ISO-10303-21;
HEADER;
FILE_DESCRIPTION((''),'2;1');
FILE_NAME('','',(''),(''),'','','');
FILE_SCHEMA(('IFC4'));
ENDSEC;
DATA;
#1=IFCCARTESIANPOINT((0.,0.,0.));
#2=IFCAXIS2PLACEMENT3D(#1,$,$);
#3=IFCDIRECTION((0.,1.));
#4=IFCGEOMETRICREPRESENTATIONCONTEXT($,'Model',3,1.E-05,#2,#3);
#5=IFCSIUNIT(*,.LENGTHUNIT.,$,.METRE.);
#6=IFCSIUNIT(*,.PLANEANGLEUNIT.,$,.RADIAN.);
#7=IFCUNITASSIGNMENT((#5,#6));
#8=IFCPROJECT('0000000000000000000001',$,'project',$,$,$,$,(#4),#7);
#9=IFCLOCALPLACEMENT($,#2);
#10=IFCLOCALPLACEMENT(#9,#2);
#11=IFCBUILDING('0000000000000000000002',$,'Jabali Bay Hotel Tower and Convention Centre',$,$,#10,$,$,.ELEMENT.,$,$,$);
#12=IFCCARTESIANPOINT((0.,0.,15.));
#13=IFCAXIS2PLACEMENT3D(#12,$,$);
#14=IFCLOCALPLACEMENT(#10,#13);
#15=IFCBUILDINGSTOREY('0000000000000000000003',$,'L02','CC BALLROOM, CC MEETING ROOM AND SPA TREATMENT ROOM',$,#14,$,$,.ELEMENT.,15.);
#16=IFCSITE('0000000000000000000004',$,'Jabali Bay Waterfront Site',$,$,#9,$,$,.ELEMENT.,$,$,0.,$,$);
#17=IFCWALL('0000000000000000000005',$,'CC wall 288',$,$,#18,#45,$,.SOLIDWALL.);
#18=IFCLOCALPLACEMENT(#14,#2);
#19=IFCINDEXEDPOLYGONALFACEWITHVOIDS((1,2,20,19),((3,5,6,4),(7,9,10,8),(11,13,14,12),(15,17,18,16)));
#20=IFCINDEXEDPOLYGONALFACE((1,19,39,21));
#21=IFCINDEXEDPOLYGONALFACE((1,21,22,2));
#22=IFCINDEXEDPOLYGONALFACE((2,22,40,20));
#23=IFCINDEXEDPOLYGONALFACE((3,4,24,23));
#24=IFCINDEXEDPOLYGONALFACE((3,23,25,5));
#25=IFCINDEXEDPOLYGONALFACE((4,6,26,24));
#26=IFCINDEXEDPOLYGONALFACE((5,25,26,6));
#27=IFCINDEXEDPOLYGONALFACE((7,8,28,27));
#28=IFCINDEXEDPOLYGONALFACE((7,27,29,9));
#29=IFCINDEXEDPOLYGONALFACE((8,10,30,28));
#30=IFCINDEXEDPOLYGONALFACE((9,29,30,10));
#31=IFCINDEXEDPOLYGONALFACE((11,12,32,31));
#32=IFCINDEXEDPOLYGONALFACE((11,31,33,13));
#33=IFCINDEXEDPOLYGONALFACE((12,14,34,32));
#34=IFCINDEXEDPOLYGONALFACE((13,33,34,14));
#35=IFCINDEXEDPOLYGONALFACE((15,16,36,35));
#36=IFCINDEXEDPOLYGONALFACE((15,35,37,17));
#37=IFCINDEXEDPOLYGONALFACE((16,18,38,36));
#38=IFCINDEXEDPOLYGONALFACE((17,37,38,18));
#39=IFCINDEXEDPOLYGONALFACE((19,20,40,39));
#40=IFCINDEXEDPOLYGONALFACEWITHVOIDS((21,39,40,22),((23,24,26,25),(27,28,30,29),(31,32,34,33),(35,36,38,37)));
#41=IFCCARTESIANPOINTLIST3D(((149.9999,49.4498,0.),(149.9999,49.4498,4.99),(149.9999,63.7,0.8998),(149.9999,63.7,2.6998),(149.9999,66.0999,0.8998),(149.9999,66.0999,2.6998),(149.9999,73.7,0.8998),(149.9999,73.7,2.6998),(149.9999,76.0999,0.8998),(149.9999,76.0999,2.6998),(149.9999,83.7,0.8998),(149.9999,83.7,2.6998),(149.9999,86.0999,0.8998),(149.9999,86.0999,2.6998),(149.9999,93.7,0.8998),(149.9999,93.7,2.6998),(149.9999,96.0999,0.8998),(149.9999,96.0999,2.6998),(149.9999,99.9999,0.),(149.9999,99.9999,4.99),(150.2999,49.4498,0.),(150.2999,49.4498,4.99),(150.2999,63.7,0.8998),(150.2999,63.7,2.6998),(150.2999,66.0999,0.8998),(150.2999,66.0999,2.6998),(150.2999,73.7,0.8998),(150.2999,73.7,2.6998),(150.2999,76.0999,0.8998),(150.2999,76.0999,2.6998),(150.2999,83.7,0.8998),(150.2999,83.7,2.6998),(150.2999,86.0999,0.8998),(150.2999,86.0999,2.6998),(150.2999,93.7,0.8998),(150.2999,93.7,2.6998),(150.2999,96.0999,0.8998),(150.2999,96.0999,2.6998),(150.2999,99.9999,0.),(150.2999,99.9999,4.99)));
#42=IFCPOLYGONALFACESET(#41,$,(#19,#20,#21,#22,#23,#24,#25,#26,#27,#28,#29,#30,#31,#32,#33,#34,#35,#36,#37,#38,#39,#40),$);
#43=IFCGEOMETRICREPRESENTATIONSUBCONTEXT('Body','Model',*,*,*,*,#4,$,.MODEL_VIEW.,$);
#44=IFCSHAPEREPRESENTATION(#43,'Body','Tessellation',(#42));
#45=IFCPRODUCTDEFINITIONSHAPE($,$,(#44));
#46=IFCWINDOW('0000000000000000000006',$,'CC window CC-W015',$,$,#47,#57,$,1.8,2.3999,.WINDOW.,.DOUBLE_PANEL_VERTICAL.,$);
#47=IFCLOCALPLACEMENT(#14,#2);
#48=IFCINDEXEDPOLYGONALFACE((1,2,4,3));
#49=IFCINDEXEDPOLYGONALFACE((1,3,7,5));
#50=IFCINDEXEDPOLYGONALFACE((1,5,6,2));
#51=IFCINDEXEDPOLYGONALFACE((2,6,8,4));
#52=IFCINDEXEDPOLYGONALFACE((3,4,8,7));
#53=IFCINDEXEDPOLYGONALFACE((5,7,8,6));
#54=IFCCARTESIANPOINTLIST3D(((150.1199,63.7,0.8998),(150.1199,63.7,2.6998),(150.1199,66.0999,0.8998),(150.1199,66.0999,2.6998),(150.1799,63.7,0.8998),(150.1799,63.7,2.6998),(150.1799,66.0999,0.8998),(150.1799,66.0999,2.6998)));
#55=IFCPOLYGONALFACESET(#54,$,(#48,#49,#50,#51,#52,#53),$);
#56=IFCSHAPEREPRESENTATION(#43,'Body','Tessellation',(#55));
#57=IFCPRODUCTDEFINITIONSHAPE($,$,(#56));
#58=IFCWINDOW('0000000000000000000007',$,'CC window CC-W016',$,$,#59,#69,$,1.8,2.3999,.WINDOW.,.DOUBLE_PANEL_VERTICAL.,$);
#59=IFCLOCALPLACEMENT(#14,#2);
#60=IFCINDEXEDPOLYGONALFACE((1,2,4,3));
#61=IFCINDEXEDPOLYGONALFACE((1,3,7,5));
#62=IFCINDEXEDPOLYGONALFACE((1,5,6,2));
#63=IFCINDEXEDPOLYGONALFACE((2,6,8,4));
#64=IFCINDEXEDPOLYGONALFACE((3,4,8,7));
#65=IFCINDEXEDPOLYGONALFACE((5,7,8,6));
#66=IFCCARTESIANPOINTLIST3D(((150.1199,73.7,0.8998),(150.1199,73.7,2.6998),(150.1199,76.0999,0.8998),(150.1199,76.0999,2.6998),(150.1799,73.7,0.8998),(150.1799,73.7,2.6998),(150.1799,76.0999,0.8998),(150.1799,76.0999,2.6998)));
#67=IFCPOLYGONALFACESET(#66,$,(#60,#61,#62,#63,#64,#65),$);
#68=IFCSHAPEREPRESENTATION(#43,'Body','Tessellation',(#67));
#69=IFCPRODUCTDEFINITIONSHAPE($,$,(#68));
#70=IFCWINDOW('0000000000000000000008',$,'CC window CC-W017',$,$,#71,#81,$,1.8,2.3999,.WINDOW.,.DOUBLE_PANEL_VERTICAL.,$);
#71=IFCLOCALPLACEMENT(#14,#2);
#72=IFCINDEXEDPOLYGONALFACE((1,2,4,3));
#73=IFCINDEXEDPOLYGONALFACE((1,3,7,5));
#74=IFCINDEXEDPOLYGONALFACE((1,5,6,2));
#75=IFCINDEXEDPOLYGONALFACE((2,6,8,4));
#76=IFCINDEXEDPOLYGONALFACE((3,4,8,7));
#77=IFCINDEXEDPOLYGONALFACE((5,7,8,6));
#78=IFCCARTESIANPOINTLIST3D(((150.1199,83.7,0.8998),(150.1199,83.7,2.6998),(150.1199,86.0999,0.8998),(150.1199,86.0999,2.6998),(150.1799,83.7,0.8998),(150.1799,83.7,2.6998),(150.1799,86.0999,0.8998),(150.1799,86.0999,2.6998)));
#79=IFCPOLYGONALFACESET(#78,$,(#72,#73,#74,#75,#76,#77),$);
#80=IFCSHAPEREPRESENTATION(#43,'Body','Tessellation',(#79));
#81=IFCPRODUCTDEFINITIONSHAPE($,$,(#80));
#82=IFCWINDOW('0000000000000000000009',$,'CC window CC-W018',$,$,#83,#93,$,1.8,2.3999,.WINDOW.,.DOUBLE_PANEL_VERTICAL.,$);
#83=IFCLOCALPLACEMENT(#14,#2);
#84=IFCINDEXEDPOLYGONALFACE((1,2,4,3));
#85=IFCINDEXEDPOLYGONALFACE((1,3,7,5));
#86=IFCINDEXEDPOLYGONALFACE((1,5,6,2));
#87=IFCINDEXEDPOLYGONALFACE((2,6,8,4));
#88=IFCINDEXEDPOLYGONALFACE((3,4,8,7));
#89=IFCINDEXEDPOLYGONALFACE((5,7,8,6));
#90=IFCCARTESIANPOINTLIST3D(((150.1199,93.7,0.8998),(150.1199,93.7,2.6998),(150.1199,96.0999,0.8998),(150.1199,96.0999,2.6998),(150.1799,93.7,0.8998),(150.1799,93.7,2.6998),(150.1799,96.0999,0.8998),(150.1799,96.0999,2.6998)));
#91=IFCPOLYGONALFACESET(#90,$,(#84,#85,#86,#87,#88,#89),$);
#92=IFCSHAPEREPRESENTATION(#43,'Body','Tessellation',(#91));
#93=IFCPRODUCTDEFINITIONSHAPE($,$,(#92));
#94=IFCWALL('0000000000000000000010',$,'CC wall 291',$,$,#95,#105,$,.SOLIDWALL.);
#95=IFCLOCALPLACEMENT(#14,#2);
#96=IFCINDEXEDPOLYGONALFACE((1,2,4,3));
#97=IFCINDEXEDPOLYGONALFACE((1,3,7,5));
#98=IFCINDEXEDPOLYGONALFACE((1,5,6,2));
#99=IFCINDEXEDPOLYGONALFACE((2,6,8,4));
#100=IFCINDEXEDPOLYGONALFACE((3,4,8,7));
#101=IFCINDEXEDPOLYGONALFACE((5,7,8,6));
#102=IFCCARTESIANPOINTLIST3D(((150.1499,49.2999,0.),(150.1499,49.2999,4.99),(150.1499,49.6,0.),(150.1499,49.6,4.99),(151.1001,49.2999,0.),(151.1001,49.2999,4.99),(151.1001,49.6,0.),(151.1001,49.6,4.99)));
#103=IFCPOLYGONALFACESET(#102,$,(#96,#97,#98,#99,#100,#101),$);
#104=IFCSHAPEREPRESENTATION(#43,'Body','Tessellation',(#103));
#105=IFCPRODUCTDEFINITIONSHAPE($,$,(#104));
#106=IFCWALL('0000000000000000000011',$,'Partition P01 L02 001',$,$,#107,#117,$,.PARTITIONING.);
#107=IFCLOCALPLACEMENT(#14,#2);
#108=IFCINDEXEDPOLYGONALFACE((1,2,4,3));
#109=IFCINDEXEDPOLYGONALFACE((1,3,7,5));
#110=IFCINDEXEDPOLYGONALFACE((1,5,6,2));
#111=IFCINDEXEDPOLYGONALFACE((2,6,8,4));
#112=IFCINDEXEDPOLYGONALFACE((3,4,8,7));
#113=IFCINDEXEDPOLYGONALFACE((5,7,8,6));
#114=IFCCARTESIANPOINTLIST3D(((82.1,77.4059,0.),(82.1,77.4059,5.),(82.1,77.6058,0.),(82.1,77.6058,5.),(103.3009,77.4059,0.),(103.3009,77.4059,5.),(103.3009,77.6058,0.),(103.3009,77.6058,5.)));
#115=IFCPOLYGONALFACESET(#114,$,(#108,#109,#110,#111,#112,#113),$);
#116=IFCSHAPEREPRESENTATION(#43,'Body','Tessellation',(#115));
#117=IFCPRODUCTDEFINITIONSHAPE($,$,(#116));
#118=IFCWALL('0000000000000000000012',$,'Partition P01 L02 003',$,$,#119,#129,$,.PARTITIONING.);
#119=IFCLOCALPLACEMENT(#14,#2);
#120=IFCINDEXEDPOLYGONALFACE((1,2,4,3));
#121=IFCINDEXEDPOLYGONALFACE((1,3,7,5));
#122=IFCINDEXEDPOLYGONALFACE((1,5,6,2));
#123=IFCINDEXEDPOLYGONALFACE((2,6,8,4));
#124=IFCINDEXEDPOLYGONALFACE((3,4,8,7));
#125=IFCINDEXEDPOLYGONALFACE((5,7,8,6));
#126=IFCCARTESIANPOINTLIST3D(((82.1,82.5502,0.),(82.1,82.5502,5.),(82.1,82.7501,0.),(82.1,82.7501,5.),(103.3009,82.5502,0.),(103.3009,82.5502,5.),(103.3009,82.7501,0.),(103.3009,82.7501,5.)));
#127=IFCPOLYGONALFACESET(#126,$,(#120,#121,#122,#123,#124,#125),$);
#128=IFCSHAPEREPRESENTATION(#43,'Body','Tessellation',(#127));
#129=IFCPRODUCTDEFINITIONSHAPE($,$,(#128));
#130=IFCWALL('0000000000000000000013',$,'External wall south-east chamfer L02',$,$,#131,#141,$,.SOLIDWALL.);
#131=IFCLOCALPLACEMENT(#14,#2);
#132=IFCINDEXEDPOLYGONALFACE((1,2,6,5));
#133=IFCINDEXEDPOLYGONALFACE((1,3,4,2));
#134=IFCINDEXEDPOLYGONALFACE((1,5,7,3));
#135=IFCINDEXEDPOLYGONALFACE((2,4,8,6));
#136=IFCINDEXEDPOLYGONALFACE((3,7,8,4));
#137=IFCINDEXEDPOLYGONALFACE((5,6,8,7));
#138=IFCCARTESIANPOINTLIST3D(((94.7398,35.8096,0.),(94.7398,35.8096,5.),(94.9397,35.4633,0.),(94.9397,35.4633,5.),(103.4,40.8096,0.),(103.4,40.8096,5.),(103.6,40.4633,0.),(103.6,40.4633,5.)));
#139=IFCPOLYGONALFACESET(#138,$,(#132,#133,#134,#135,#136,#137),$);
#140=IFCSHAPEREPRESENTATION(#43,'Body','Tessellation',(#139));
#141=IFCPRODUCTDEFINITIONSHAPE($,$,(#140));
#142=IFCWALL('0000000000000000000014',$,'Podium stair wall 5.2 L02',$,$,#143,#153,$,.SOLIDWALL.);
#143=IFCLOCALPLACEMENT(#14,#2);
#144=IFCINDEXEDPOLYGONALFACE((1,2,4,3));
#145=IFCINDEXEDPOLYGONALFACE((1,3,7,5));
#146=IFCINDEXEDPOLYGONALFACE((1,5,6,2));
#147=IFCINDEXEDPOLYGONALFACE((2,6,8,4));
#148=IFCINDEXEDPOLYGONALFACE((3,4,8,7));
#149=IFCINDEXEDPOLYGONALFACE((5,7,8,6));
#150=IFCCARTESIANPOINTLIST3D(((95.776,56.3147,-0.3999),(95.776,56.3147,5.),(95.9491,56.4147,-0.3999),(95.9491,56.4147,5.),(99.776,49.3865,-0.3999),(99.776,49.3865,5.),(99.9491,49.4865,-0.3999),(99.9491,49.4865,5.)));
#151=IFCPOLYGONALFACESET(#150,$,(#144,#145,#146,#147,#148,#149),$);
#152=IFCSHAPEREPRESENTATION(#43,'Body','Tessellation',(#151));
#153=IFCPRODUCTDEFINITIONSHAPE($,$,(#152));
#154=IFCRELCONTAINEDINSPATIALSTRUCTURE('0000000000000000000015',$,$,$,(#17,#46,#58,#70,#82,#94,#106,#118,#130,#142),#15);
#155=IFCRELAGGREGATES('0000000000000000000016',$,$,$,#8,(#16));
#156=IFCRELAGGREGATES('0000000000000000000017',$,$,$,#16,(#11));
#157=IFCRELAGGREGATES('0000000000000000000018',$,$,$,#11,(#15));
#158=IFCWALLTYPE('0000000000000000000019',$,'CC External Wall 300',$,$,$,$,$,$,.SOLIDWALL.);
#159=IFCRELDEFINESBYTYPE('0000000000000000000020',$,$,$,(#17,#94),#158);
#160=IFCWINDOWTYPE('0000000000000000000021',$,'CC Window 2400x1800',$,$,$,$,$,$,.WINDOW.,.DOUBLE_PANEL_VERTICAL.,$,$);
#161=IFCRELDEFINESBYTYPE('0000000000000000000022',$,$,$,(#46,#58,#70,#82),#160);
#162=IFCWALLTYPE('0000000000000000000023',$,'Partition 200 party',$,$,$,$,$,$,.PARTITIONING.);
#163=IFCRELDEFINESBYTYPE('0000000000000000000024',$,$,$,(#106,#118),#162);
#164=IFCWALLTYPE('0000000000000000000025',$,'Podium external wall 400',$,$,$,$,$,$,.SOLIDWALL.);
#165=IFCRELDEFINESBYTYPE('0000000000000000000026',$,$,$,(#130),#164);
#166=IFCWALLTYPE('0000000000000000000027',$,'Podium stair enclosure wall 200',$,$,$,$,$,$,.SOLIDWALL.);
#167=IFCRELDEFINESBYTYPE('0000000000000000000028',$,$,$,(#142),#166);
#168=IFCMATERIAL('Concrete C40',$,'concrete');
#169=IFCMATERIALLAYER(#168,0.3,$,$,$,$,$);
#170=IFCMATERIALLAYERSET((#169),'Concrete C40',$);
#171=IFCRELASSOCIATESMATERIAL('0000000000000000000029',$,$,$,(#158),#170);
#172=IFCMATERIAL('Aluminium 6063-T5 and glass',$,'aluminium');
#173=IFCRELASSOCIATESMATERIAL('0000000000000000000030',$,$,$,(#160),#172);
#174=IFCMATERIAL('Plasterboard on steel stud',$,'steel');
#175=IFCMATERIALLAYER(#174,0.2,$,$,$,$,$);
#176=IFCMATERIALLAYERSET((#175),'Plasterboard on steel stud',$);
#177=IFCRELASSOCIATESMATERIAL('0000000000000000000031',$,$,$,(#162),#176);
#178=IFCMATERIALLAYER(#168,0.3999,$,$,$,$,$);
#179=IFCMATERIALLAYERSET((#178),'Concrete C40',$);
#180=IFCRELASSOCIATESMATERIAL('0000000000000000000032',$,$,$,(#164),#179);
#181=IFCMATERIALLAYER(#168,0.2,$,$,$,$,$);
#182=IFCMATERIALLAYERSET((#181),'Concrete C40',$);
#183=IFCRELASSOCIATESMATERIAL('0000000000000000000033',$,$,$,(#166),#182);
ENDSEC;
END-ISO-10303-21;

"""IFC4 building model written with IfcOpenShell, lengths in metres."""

from ifc_helpers import new_model, si_unit, direction, frame, frame_2d, origin, place, context, subcontext, project, spatial, rectangle, extrude, material, layer, layer_set, type_object, element, fill, save


model = new_model("IFC4")

# Units and contexts
model_context = context("Model", 3, precision=1e-05, world=origin(), true_north=direction((0.0, 1.0)))
body_context = subcontext(model_context, "Body", "Model", "MODEL_VIEW")
ifc_project = project(units=[si_unit("LENGTHUNIT", "METRE"), si_unit("PLANEANGLEUNIT", "RADIAN")], contexts=[model_context])

# Site, building, storey
site_placement = place(None, origin())
site = spatial("IfcSite", under=ifc_project, at=site_placement, Name="Jabali Bay Waterfront Site", CompositionType="ELEMENT", RefElevation=0.0)
building_placement = place(site_placement, origin())
building = spatial("IfcBuilding", under=site, at=building_placement, Name="Jabali Bay Hotel Tower and Convention Centre", CompositionType="ELEMENT")
storey_placement = place(building_placement, frame((0.0, 0.0, 15.0)))
storey = spatial("IfcBuildingStorey", under=building, at=storey_placement, Name="L02", Description="CC BALLROOM, CC MEETING ROOM AND SPA TREATMENT ROOM", CompositionType="ELEMENT", Elevation=15.0)

# Wall, openings, windows
ifc_material_1 = material(Name="Concrete C40", Category="concrete")
ifc_layer_1 = layer(ifc_material_1, 0.3)
ifc_layer_set_1 = layer_set([ifc_layer_1], Name="Concrete C40")
wall_type_1 = type_object("IfcWallType", Name="CC External Wall 300", PredefinedType="SOLIDWALL", material=ifc_layer_set_1)
wall_1_placement = place(storey_placement, frame((150.1499, 49.45, 0.0), z_axis=(0.0, 0.0, 1.0), x_axis=(0.0, 1.0, 0.0)))
wall_1 = element("IfcWall", 1, at=wall_1_placement, inside=storey, type_object=wall_type_1, Name="CC wall 288", PredefinedType="SOLIDWALL", context=body_context, shape_type="SweptSolid", body=[
    extrude(rectangle(XDim=50.55, YDim=0.3, at=frame_2d((25.2749, 0.0))), origin(), (0.0, 0.0, 1.0), 4.99),
])
opening_1_placement = place(wall_1_placement, frame((14.25, 0.0, 0.8999)))
opening_1 = element("IfcOpeningElement", 2, at=opening_1_placement, cuts=wall_1, PredefinedType="OPENING", context=body_context, shape_type="SweptSolid", body=[
    extrude(rectangle(XDim=2.3999, YDim=1.8, at=frame_2d((1.2, 0.8999))), frame((0.0, 0.1606, 0.0), z_axis=(0.0, -1.0, 0.0), x_axis=(1.0, 0.0, 0.0)), (0.0, 0.0, 1.0), 0.321),
])
opening_2_placement = place(wall_1_placement, frame((24.25, 0.0, 0.8999)))
opening_2 = element("IfcOpeningElement", 3, at=opening_2_placement, cuts=wall_1, PredefinedType="OPENING", context=body_context, shape_type="SweptSolid", body=[
    extrude(rectangle(XDim=2.3999, YDim=1.8, at=frame_2d((1.2, 0.8999))), frame((0.0, 0.1606, 0.0), z_axis=(0.0, -1.0, 0.0), x_axis=(1.0, 0.0, 0.0)), (0.0, 0.0, 1.0), 0.321),
])
opening_3_placement = place(wall_1_placement, frame((34.25, 0.0, 0.8999)))
opening_3 = element("IfcOpeningElement", 4, at=opening_3_placement, cuts=wall_1, PredefinedType="OPENING", context=body_context, shape_type="SweptSolid", body=[
    extrude(rectangle(XDim=2.3999, YDim=1.8, at=frame_2d((1.2, 0.8999))), frame((0.0, 0.1606, 0.0), z_axis=(0.0, -1.0, 0.0), x_axis=(1.0, 0.0, 0.0)), (0.0, 0.0, 1.0), 0.321),
])
opening_4_placement = place(wall_1_placement, frame((44.25, 0.0, 0.8999)))
opening_4 = element("IfcOpeningElement", 5, at=opening_4_placement, cuts=wall_1, PredefinedType="OPENING", context=body_context, shape_type="SweptSolid", body=[
    extrude(rectangle(XDim=2.3999, YDim=1.8, at=frame_2d((1.2, 0.8999))), frame((0.0, 0.1606, 0.0), z_axis=(0.0, -1.0, 0.0), x_axis=(1.0, 0.0, 0.0)), (0.0, 0.0, 1.0), 0.321),
])
ifc_material_2 = material(Name="Aluminium 6063-T5 and glass", Category="aluminium")
window_type = type_object("IfcWindowType", Name="CC Window 2400x1800", PartitioningType="DOUBLE_PANEL_VERTICAL", PredefinedType="WINDOW", material=ifc_material_2)
window_1_placement = place(opening_1_placement, origin())
window_1 = element("IfcWindow", 6, at=window_1_placement, inside=storey, type_object=window_type, Name="CC window CC-W015", OverallHeight=1.8, OverallWidth=2.3999, PartitioningType="DOUBLE_PANEL_VERTICAL", PredefinedType="WINDOW", context=body_context, shape_type="SweptSolid", body=[
    extrude(rectangle(XDim=2.3999, YDim=1.8, at=frame_2d((1.2, 0.8999))), frame((0.0, 0.03, 0.0), z_axis=(0.0, -1.0, 0.0), x_axis=(1.0, 0.0, 0.0)), (0.0, 0.0, 1.0), 0.0601),
])
fill(opening_1, window_1)
window_2_placement = place(opening_2_placement, origin())
window_2 = element("IfcWindow", 7, at=window_2_placement, inside=storey, type_object=window_type, Name="CC window CC-W016", OverallHeight=1.8, OverallWidth=2.3999, PartitioningType="DOUBLE_PANEL_VERTICAL", PredefinedType="WINDOW", context=body_context, shape_type="SweptSolid", body=[
    extrude(rectangle(XDim=2.3999, YDim=1.8, at=frame_2d((1.2, 0.8999))), frame((0.0, 0.03, 0.0), z_axis=(0.0, -1.0, 0.0), x_axis=(1.0, 0.0, 0.0)), (0.0, 0.0, 1.0), 0.0601),
])
fill(opening_2, window_2)
window_3_placement = place(opening_3_placement, origin())
window_3 = element("IfcWindow", 8, at=window_3_placement, inside=storey, type_object=window_type, Name="CC window CC-W017", OverallHeight=1.8, OverallWidth=2.3999, PartitioningType="DOUBLE_PANEL_VERTICAL", PredefinedType="WINDOW", context=body_context, shape_type="SweptSolid", body=[
    extrude(rectangle(XDim=2.3999, YDim=1.8, at=frame_2d((1.2, 0.8999))), frame((0.0, 0.03, 0.0), z_axis=(0.0, -1.0, 0.0), x_axis=(1.0, 0.0, 0.0)), (0.0, 0.0, 1.0), 0.0601),
])
fill(opening_3, window_3)
window_4_placement = place(opening_4_placement, origin())
window_4 = element("IfcWindow", 9, at=window_4_placement, inside=storey, type_object=window_type, Name="CC window CC-W018", OverallHeight=1.8, OverallWidth=2.3999, PartitioningType="DOUBLE_PANEL_VERTICAL", PredefinedType="WINDOW", context=body_context, shape_type="SweptSolid", body=[
    extrude(rectangle(XDim=2.3999, YDim=1.8, at=frame_2d((1.2, 0.8999))), frame((0.0, 0.03, 0.0), z_axis=(0.0, -1.0, 0.0), x_axis=(1.0, 0.0, 0.0)), (0.0, 0.0, 1.0), 0.0601),
])
fill(opening_4, window_4)

# Walls
wall_2_placement = place(storey_placement, frame((150.1499, 49.45, 0.0), z_axis=(0.0, 0.0, 1.0), x_axis=(1.0, 0.0, 0.0)))
element("IfcWall", 10, at=wall_2_placement, inside=storey, type_object=wall_type_1, Name="CC wall 291", PredefinedType="SOLIDWALL", context=body_context, shape_type="SweptSolid", body=[
    extrude(rectangle(XDim=0.9502, YDim=0.3, at=frame_2d((0.4751, 0.0))), origin(), (0.0, 0.0, 1.0), 4.99),
])
ifc_material_3 = material(Name="Plasterboard on steel stud", Category="steel")
ifc_layer_2 = layer(ifc_material_3, 0.2)
ifc_layer_set_2 = layer_set([ifc_layer_2], Name="Plasterboard on steel stud")
wall_type_2 = type_object("IfcWallType", Name="Partition 200 party", PredefinedType="PARTITIONING", material=ifc_layer_set_2)
for number, where, z_axis, x_axis, name in (
    (11, (103.301, 77.5059, 0.0), (0.0, 0.0, 1.0), (-1.0, 0.0, 0.0), "Partition P01 L02 001"),
    (12, (103.301, 82.6501, 0.0), (0.0, 0.0, 1.0), (-1.0, 0.0, 0.0), "Partition P01 L02 003"),
):
    element("IfcWall", number, at=place(storey_placement, frame(where, z_axis=z_axis, x_axis=x_axis)), inside=storey, type_object=wall_type_2, Name=name, PredefinedType="PARTITIONING", context=body_context, shape_type="SweptSolid", body=[
        extrude(rectangle(XDim=21.2009, YDim=0.2, at=frame_2d((10.6006, 0.0))), origin(), (0.0, 0.0, 1.0), 5.0),
    ])
ifc_layer_3 = layer(ifc_material_1, 0.3999)
ifc_layer_set_3 = layer_set([ifc_layer_3], Name="Concrete C40")
wall_type_3 = type_object("IfcWallType", Name="Podium external wall 400", PredefinedType="SOLIDWALL", material=ifc_layer_set_3)
wall_3_placement = place(storey_placement, frame((103.5, 40.6365, 0.0), z_axis=(0.0, 0.0, 1.0), x_axis=(-0.866023, -0.500004, 0.0)))
element("IfcWall", 13, at=wall_3_placement, inside=storey, type_object=wall_type_3, Name="External wall south-east chamfer L02", PredefinedType="SOLIDWALL", context=body_context, shape_type="SweptSolid", body=[
    extrude(rectangle(XDim=10.0, YDim=0.3999, at=frame_2d((5.0, 0.0))), origin(), (0.0, 0.0, 1.0), 5.0),
])
ifc_layer_4 = layer(ifc_material_1, 0.2)
ifc_layer_set_4 = layer_set([ifc_layer_4], Name="Concrete C40")
wall_type_4 = type_object("IfcWallType", Name="Podium stair enclosure wall 200", PredefinedType="SOLIDWALL", material=ifc_layer_set_4)
wall_4_placement = place(storey_placement, frame((99.8625, 49.4365, -0.3999), z_axis=(0.0, 0.0, 1.0), x_axis=(-0.499999, 0.866026, 0.0)))
element("IfcWall", 14, at=wall_4_placement, inside=storey, type_object=wall_type_4, Name="Podium stair wall 5.2 L02", PredefinedType="SOLIDWALL", context=body_context, shape_type="SweptSolid", body=[
    extrude(rectangle(XDim=8.0, YDim=0.2, at=frame_2d((4.0, 0.0))), origin(), (0.0, 0.0, 1.0), 5.3999),
])

save(model, "model.ifc")
